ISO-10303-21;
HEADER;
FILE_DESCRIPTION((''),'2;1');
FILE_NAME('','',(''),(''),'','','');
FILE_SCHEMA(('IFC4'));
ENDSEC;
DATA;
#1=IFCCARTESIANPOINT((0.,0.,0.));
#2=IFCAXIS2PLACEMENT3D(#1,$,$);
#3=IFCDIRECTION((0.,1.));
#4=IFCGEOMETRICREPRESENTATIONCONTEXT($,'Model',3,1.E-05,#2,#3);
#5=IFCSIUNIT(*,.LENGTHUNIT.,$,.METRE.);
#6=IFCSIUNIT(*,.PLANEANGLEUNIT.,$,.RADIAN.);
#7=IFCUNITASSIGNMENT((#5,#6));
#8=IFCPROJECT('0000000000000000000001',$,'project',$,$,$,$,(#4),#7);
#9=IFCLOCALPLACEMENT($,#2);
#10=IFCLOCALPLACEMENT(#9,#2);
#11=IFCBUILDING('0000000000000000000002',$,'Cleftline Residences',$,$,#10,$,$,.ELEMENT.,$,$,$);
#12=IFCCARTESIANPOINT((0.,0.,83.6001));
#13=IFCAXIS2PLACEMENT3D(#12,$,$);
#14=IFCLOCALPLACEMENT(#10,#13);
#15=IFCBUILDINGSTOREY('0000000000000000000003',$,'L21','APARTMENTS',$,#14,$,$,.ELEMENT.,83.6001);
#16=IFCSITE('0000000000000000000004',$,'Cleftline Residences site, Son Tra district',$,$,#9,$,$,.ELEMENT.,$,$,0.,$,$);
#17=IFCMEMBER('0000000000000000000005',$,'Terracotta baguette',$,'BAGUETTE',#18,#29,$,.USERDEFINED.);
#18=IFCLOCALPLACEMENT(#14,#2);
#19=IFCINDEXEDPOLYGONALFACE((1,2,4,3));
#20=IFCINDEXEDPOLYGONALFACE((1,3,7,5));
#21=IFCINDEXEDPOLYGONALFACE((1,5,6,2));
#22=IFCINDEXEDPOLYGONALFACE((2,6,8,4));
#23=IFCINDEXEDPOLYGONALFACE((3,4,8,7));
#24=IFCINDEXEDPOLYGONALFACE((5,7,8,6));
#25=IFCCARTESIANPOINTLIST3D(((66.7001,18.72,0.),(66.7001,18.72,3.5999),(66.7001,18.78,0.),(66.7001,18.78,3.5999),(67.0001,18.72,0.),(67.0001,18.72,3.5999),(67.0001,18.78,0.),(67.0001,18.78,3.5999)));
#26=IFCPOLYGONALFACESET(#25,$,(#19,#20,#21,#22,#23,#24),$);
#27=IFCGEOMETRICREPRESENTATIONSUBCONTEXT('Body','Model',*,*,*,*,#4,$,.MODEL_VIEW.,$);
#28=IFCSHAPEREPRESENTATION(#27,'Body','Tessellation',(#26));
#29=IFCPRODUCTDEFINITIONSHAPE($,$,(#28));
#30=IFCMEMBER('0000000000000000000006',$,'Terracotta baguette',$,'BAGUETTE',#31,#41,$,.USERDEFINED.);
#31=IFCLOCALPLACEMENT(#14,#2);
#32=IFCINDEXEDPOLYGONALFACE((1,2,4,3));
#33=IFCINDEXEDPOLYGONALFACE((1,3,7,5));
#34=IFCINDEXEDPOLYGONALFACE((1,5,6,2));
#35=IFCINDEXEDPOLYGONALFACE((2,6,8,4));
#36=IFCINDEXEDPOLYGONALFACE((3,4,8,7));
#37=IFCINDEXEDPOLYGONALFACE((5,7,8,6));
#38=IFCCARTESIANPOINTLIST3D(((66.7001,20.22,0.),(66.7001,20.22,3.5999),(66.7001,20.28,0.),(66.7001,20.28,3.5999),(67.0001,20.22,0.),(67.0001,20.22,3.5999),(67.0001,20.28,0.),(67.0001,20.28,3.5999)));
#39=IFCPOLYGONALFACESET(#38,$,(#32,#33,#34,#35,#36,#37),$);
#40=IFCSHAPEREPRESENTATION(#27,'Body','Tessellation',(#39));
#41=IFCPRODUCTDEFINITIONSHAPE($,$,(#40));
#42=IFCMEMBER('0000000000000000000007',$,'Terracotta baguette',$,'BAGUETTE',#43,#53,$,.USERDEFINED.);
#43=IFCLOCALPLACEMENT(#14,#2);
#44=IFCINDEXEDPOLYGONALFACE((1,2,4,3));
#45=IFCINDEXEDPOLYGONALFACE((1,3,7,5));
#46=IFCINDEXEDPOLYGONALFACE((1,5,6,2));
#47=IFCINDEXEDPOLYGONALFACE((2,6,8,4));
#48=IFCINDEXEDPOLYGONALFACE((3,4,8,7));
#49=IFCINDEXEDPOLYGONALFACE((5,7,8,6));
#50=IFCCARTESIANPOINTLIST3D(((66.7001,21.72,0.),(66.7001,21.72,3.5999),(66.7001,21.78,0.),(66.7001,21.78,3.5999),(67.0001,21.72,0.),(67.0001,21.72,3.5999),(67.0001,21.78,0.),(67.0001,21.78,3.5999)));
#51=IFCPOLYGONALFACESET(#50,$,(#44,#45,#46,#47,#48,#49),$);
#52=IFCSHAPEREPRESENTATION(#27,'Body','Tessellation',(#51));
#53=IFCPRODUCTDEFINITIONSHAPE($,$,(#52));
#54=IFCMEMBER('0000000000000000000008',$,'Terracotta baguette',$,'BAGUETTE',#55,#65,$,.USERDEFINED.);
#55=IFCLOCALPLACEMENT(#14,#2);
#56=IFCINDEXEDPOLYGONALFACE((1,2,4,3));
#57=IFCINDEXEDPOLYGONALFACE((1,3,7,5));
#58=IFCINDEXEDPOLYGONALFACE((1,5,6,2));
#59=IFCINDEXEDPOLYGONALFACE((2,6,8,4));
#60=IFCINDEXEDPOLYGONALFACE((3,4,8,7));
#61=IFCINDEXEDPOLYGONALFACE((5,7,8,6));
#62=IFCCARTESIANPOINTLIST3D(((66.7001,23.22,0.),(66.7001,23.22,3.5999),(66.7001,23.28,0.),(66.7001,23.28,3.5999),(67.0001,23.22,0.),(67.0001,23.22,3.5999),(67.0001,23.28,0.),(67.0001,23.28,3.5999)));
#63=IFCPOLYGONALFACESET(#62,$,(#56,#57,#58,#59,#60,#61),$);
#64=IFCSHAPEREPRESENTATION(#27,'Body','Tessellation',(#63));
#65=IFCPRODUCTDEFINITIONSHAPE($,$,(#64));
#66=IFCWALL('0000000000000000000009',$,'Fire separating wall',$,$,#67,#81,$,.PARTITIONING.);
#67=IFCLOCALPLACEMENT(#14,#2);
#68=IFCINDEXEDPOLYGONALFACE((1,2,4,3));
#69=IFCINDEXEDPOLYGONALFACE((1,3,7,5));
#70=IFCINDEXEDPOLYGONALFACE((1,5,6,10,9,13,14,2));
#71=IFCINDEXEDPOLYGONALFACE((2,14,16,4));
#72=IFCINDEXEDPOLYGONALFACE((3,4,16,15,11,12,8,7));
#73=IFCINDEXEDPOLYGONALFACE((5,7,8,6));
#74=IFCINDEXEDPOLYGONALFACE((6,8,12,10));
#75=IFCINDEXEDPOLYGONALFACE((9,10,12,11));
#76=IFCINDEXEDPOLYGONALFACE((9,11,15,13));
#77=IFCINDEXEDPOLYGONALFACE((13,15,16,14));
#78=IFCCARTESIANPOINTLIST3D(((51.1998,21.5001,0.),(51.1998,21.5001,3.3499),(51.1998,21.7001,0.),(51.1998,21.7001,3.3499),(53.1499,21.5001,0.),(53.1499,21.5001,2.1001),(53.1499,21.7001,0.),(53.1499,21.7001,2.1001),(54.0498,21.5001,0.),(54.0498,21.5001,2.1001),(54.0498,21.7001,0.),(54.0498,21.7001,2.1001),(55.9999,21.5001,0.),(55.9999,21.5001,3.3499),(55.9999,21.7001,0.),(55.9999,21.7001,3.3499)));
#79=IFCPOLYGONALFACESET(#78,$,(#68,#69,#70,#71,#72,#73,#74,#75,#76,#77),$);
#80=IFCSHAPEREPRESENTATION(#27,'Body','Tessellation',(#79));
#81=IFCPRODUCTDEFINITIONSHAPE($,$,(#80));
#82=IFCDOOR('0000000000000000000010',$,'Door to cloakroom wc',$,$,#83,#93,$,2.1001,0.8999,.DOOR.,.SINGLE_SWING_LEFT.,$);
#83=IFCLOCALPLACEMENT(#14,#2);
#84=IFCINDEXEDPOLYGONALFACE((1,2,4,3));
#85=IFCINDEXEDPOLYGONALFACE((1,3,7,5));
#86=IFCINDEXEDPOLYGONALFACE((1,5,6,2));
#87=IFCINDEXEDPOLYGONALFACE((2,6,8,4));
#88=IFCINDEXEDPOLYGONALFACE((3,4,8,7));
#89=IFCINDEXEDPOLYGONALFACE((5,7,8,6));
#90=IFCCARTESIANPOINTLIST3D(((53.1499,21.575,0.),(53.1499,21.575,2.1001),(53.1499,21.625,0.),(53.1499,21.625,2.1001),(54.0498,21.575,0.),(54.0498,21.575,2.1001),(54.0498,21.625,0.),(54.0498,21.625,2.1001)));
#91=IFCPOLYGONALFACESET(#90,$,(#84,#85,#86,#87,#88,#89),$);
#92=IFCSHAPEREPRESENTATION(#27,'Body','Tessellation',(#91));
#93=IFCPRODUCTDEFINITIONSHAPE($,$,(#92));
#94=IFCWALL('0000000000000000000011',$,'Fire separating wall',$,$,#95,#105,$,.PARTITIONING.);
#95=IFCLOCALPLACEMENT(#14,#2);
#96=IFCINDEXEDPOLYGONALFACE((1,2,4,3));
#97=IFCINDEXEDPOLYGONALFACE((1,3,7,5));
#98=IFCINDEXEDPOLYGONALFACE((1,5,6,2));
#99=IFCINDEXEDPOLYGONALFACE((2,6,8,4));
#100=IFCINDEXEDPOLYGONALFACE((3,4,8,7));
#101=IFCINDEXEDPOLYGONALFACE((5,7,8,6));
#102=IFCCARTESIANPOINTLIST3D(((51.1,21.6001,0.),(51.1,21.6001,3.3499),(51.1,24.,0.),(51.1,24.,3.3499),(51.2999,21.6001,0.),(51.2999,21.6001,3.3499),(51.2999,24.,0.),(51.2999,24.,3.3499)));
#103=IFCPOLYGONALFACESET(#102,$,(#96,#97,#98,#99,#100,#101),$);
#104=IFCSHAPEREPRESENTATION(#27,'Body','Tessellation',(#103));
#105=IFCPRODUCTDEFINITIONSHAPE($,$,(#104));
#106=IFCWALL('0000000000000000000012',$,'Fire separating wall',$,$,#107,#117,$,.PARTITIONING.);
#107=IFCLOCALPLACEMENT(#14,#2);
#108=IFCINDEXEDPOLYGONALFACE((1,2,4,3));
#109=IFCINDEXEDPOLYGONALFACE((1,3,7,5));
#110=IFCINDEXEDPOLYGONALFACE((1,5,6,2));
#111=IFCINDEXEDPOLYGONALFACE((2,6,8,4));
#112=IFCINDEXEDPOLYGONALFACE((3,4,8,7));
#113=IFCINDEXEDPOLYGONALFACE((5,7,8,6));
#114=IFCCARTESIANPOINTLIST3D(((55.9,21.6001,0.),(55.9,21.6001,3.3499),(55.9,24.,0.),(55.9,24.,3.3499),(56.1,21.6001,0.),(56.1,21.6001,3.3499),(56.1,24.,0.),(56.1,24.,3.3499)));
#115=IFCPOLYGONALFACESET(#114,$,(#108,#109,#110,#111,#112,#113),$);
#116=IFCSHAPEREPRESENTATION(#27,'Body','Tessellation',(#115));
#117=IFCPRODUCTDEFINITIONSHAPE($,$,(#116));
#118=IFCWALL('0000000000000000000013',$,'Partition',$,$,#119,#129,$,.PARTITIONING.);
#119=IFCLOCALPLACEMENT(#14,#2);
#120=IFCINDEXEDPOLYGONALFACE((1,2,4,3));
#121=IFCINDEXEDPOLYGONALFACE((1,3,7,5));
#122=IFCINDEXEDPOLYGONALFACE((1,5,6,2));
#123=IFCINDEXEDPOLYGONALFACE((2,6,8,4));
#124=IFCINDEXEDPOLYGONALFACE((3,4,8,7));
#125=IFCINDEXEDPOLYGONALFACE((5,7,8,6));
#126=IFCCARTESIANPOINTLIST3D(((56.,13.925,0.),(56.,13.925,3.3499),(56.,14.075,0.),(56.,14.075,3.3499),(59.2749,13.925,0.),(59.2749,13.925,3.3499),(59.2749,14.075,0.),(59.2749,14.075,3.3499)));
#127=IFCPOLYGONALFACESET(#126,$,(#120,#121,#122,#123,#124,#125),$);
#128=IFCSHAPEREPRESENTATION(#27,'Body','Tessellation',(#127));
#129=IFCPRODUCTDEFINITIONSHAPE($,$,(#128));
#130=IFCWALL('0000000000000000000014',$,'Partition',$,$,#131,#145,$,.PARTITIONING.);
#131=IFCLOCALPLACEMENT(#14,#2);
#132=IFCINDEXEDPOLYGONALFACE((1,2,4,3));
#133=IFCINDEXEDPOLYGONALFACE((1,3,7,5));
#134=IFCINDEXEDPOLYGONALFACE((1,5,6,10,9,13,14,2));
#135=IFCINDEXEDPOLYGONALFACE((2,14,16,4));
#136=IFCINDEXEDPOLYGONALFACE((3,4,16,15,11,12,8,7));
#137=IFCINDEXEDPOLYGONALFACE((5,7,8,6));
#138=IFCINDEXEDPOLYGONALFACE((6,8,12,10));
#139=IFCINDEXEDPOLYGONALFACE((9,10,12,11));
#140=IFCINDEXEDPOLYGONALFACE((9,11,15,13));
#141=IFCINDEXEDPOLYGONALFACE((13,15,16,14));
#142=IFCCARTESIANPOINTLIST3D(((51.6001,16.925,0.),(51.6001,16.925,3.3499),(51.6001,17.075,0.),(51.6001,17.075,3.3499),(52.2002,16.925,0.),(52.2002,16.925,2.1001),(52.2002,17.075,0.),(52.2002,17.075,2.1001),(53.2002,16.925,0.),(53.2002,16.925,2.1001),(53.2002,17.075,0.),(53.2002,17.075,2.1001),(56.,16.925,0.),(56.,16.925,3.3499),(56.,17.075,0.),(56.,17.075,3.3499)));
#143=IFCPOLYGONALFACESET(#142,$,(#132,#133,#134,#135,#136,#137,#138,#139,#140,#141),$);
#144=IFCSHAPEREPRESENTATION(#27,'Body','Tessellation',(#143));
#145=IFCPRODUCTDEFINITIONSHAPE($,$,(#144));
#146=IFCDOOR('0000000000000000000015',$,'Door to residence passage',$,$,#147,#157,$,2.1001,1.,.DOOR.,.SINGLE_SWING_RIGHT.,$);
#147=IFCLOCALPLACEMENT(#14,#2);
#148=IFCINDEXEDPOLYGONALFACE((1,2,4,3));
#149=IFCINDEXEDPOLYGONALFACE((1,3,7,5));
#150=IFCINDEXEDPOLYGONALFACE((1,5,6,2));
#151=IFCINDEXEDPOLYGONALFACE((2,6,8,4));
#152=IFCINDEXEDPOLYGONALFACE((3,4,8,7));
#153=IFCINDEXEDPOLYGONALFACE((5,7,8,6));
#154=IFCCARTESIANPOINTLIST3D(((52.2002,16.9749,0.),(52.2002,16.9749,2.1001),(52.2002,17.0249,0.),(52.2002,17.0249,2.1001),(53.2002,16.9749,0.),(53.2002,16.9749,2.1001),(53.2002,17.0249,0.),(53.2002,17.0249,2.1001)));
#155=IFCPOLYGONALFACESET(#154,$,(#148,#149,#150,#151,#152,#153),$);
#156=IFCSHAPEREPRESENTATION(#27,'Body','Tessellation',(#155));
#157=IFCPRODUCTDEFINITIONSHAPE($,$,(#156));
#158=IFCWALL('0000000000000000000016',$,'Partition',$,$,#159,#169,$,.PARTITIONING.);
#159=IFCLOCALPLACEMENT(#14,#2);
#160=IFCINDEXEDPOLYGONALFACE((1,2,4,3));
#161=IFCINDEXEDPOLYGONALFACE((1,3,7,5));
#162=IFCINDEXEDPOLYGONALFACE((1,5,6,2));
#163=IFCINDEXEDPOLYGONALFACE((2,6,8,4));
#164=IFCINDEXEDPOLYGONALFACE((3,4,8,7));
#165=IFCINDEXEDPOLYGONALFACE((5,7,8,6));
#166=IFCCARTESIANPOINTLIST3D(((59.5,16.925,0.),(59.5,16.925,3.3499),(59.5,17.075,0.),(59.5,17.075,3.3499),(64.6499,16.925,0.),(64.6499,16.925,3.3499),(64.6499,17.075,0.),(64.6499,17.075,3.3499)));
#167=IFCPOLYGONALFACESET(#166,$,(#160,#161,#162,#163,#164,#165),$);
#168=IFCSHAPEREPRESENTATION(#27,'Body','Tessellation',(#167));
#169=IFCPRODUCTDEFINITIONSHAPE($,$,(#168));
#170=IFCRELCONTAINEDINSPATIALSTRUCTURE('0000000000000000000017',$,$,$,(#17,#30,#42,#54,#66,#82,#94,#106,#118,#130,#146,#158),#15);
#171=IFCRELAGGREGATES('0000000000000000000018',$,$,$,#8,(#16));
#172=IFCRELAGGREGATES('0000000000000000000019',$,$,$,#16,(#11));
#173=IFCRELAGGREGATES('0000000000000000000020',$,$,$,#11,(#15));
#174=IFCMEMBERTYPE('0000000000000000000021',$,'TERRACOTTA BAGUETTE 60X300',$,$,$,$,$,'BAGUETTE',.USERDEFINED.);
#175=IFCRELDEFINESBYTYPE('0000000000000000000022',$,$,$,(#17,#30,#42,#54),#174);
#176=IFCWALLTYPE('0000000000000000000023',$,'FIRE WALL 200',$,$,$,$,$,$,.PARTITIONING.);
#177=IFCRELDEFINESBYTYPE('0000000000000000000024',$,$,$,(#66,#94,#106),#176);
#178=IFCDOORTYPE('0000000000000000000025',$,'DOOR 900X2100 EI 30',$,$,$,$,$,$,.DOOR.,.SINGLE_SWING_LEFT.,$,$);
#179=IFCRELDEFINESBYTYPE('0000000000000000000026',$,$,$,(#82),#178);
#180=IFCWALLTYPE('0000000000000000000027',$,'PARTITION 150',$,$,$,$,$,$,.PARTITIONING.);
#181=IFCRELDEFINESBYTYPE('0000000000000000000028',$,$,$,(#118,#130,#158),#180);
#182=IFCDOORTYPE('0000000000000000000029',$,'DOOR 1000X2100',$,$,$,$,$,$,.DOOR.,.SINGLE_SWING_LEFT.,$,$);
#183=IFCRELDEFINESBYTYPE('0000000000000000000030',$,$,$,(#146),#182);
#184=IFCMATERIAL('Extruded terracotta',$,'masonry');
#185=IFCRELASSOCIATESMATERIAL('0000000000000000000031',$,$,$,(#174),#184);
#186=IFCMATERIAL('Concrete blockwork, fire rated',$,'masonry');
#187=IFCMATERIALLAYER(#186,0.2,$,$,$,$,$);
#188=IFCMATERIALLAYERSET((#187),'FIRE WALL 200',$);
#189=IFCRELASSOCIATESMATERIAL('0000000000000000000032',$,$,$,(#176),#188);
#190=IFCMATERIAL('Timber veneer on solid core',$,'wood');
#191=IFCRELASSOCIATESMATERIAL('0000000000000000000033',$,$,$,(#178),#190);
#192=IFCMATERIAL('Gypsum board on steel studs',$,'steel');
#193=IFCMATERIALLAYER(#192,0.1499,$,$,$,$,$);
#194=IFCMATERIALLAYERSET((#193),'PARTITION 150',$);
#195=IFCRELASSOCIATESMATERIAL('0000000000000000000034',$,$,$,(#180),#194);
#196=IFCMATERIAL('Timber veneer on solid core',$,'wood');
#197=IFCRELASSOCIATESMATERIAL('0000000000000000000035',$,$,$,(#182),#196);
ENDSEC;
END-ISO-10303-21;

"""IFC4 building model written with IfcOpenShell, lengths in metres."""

from ifc_helpers import new_model, si_unit, direction, frame, frame_2d, origin, origin_2d, place, context, subcontext, project, spatial, rectangle, extrude, material, layer, layer_set, material_profile, profile_set, type_object, element, fill, save


model = new_model("IFC4")

# Units and contexts
model_context = context("Model", 3, precision=1e-05, world=origin(), true_north=direction((0.0, 1.0)))
body_context = subcontext(model_context, "Body", "Model", "MODEL_VIEW")
ifc_project = project(units=[si_unit("LENGTHUNIT", "METRE"), si_unit("PLANEANGLEUNIT", "RADIAN")], contexts=[model_context])

# Site, building, storey
site_placement = place(None, origin())
site = spatial("IfcSite", under=ifc_project, at=site_placement, Name="Cleftline Residences site, Son Tra district", CompositionType="ELEMENT", RefElevation=0.0)
building_placement = place(site_placement, origin())
building = spatial("IfcBuilding", under=site, at=building_placement, Name="Cleftline Residences", CompositionType="ELEMENT")
storey_placement = place(building_placement, frame((0.0, 0.0, 83.6001)))
storey = spatial("IfcBuildingStorey", under=building, at=storey_placement, Name="L21", Description="APARTMENTS", CompositionType="ELEMENT", Elevation=83.6001)

# Members
ifc_material_1 = material(Name="Extruded terracotta", Category="masonry")
ifc_material_profile_1 = material_profile(ifc_material_1, rectangle(XDim=0.0601, YDim=0.3, at=origin_2d()))
ifc_profile_set_1 = profile_set([ifc_material_profile_1], Name="Extruded terracotta")
member_type_1 = type_object("IfcMemberType", Name="TERRACOTTA BAGUETTE 60X300", ElementType="BAGUETTE", PredefinedType="USERDEFINED", material=ifc_profile_set_1)
for number, where, z_axis, x_axis, name in (
    (1, (66.8501, 18.75, 0.0), (0.0, 0.0, 1.0), (0.0, 1.0, 0.0), "Terracotta baguette"),
    (2, (66.8501, 20.25, 0.0), (0.0, 0.0, 1.0), (0.0, 1.0, 0.0), "Terracotta baguette"),
    (3, (66.8501, 21.75, 0.0), (0.0, 0.0, 1.0), (0.0, 1.0, 0.0), "Terracotta baguette"),
    (4, (66.8501, 23.25, 0.0), (0.0, 0.0, 1.0), (0.0, 1.0, 0.0), "Terracotta baguette"),
):
    element("IfcMember", number, at=place(storey_placement, frame(where, z_axis=z_axis, x_axis=x_axis)), inside=storey, type_object=member_type_1, Name=name, ObjectType="BAGUETTE", PredefinedType="USERDEFINED", context=body_context, shape_type="SweptSolid", body=[
        extrude(rectangle(XDim=0.0601, YDim=0.3, at=origin_2d()), origin(), (0.0, 0.0, 1.0), 3.5999),
    ])

# Wall, opening, door
ifc_material_2 = material(Name="Concrete blockwork, fire rated", Category="masonry")
ifc_layer_1 = layer(ifc_material_2, 0.2)
ifc_layer_set_1 = layer_set([ifc_layer_1], Name="FIRE WALL 200")
wall_type_1 = type_object("IfcWallType", Name="FIRE WALL 200", PredefinedType="PARTITIONING", material=ifc_layer_set_1)
wall_1_placement = place(storey_placement, frame((51.2, 21.6001, 0.0), z_axis=(0.0, 0.0, 1.0), x_axis=(1.0, 0.0, 0.0)))
wall_1 = element("IfcWall", 5, at=wall_1_placement, inside=storey, type_object=wall_type_1, Name="Fire separating wall", PredefinedType="PARTITIONING", context=body_context, shape_type="SweptSolid", body=[
    extrude(rectangle(XDim=4.8, YDim=0.2, at=frame_2d((2.3999, 0.0))), origin(), (0.0, 0.0, 1.0), 3.3499),
])
opening_1_placement = place(wall_1_placement, frame((1.95, 0.0, 0.0)))
opening_1 = element("IfcOpeningElement", 6, at=opening_1_placement, cuts=wall_1, PredefinedType="OPENING", context=body_context, shape_type="SweptSolid", body=[
    extrude(rectangle(XDim=0.8999, YDim=2.1001, at=frame_2d((0.45, 1.05))), frame((0.0, 0.1099, 0.0), z_axis=(0.0, -1.0, 0.0), x_axis=(1.0, 0.0, 0.0)), (0.0, 0.0, 1.0), 0.22),
])
ifc_material_3 = material(Name="Timber veneer on solid core", Category="wood")
door_type_1 = type_object("IfcDoorType", Name="DOOR 900X2100 EI 30", OperationType="SINGLE_SWING_LEFT", PredefinedType="DOOR", material=ifc_material_3)
door_1_placement = place(opening_1_placement, origin())
door_1 = element("IfcDoor", 7, at=door_1_placement, inside=storey, type_object=door_type_1, Name="Door to cloakroom wc", OperationType="SINGLE_SWING_LEFT", OverallHeight=2.1001, OverallWidth=0.8999, PredefinedType="DOOR", context=body_context, shape_type="SweptSolid", body=[
    extrude(rectangle(XDim=0.8999, YDim=2.1001, at=frame_2d((0.45, 1.05))), frame((0.0, 0.0249, 0.0), z_axis=(0.0, -1.0, 0.0), x_axis=(1.0, 0.0, 0.0)), (0.0, 0.0, 1.0), 0.05),
])
fill(opening_1, door_1)

# Walls
for number, where, z_axis, x_axis, name in (
    (8, (51.2, 21.6001, 0.0), (0.0, 0.0, 1.0), (0.0, 1.0, 0.0), "Fire separating wall"),
    (9, (56.0, 21.6001, 0.0), (0.0, 0.0, 1.0), (0.0, 1.0, 0.0), "Fire separating wall"),
):
    element("IfcWall", number, at=place(storey_placement, frame(where, z_axis=z_axis, x_axis=x_axis)), inside=storey, type_object=wall_type_1, Name=name, PredefinedType="PARTITIONING", context=body_context, shape_type="SweptSolid", body=[
        extrude(rectangle(XDim=2.3999, YDim=0.2, at=frame_2d((1.2, 0.0))), origin(), (0.0, 0.0, 1.0), 3.3499),
    ])
ifc_material_4 = material(Name="Gypsum board on steel studs", Category="steel")
ifc_layer_2 = layer(ifc_material_4, 0.1499)
ifc_layer_set_2 = layer_set([ifc_layer_2], Name="PARTITION 150")
wall_type_2 = type_object("IfcWallType", Name="PARTITION 150", PredefinedType="PARTITIONING", material=ifc_layer_set_2)
wall_2_placement = place(storey_placement, frame((56.0, 14.0, 0.0), z_axis=(0.0, 0.0, 1.0), x_axis=(1.0, 0.0, 0.0)))
element("IfcWall", 10, at=wall_2_placement, inside=storey, type_object=wall_type_2, Name="Partition", PredefinedType="PARTITIONING", context=body_context, shape_type="SweptSolid", body=[
    extrude(rectangle(XDim=3.2749, YDim=0.1499, at=frame_2d((1.6375, 0.0))), origin(), (0.0, 0.0, 1.0), 3.3499),
])

# Wall, opening, door
wall_3_placement = place(storey_placement, frame((51.6001, 17.0, 0.0), z_axis=(0.0, 0.0, 1.0), x_axis=(1.0, 0.0, 0.0)))
wall_3 = element("IfcWall", 11, at=wall_3_placement, inside=storey, type_object=wall_type_2, Name="Partition", PredefinedType="PARTITIONING", context=body_context, shape_type="SweptSolid", body=[
    extrude(rectangle(XDim=4.3999, YDim=0.1499, at=frame_2d((2.2, 0.0))), origin(), (0.0, 0.0, 1.0), 3.3499),
])
opening_2_placement = place(wall_3_placement, frame((0.6001, 0.0, 0.0)))
opening_2 = element("IfcOpeningElement", 12, at=opening_2_placement, cuts=wall_3, PredefinedType="OPENING", context=body_context, shape_type="SweptSolid", body=[
    extrude(rectangle(XDim=1.0, YDim=2.1001, at=frame_2d((0.5, 1.05))), frame((0.0, 0.085, 0.0), z_axis=(0.0, -1.0, 0.0), x_axis=(1.0, 0.0, 0.0)), (0.0, 0.0, 1.0), 0.1699),
])
ifc_material_5 = material(Name="Timber veneer on solid core", Category="wood")
door_type_2 = type_object("IfcDoorType", Name="DOOR 1000X2100", OperationType="SINGLE_SWING_LEFT", PredefinedType="DOOR", material=ifc_material_5)
door_2_placement = place(opening_2_placement, origin())
door_2 = element("IfcDoor", 13, at=door_2_placement, inside=storey, type_object=door_type_2, Name="Door to residence passage", OperationType="SINGLE_SWING_RIGHT", OverallHeight=2.1001, OverallWidth=1.0, PredefinedType="DOOR", context=body_context, shape_type="SweptSolid", body=[
    extrude(rectangle(XDim=1.0, YDim=2.1001, at=frame_2d((0.5, 1.05))), frame((0.0, 0.0249, 0.0), z_axis=(0.0, -1.0, 0.0), x_axis=(1.0, 0.0, 0.0)), (0.0, 0.0, 1.0), 0.05),
])
fill(opening_2, door_2)

# Wall
wall_4_placement = place(storey_placement, frame((59.5, 17.0, 0.0), z_axis=(0.0, 0.0, 1.0), x_axis=(1.0, 0.0, 0.0)))
element("IfcWall", 14, at=wall_4_placement, inside=storey, type_object=wall_type_2, Name="Partition", PredefinedType="PARTITIONING", context=body_context, shape_type="SweptSolid", body=[
    extrude(rectangle(XDim=5.1499, YDim=0.1499, at=frame_2d((2.575, 0.0))), origin(), (0.0, 0.0, 1.0), 3.3499),
])

save(model, "model.ifc")
